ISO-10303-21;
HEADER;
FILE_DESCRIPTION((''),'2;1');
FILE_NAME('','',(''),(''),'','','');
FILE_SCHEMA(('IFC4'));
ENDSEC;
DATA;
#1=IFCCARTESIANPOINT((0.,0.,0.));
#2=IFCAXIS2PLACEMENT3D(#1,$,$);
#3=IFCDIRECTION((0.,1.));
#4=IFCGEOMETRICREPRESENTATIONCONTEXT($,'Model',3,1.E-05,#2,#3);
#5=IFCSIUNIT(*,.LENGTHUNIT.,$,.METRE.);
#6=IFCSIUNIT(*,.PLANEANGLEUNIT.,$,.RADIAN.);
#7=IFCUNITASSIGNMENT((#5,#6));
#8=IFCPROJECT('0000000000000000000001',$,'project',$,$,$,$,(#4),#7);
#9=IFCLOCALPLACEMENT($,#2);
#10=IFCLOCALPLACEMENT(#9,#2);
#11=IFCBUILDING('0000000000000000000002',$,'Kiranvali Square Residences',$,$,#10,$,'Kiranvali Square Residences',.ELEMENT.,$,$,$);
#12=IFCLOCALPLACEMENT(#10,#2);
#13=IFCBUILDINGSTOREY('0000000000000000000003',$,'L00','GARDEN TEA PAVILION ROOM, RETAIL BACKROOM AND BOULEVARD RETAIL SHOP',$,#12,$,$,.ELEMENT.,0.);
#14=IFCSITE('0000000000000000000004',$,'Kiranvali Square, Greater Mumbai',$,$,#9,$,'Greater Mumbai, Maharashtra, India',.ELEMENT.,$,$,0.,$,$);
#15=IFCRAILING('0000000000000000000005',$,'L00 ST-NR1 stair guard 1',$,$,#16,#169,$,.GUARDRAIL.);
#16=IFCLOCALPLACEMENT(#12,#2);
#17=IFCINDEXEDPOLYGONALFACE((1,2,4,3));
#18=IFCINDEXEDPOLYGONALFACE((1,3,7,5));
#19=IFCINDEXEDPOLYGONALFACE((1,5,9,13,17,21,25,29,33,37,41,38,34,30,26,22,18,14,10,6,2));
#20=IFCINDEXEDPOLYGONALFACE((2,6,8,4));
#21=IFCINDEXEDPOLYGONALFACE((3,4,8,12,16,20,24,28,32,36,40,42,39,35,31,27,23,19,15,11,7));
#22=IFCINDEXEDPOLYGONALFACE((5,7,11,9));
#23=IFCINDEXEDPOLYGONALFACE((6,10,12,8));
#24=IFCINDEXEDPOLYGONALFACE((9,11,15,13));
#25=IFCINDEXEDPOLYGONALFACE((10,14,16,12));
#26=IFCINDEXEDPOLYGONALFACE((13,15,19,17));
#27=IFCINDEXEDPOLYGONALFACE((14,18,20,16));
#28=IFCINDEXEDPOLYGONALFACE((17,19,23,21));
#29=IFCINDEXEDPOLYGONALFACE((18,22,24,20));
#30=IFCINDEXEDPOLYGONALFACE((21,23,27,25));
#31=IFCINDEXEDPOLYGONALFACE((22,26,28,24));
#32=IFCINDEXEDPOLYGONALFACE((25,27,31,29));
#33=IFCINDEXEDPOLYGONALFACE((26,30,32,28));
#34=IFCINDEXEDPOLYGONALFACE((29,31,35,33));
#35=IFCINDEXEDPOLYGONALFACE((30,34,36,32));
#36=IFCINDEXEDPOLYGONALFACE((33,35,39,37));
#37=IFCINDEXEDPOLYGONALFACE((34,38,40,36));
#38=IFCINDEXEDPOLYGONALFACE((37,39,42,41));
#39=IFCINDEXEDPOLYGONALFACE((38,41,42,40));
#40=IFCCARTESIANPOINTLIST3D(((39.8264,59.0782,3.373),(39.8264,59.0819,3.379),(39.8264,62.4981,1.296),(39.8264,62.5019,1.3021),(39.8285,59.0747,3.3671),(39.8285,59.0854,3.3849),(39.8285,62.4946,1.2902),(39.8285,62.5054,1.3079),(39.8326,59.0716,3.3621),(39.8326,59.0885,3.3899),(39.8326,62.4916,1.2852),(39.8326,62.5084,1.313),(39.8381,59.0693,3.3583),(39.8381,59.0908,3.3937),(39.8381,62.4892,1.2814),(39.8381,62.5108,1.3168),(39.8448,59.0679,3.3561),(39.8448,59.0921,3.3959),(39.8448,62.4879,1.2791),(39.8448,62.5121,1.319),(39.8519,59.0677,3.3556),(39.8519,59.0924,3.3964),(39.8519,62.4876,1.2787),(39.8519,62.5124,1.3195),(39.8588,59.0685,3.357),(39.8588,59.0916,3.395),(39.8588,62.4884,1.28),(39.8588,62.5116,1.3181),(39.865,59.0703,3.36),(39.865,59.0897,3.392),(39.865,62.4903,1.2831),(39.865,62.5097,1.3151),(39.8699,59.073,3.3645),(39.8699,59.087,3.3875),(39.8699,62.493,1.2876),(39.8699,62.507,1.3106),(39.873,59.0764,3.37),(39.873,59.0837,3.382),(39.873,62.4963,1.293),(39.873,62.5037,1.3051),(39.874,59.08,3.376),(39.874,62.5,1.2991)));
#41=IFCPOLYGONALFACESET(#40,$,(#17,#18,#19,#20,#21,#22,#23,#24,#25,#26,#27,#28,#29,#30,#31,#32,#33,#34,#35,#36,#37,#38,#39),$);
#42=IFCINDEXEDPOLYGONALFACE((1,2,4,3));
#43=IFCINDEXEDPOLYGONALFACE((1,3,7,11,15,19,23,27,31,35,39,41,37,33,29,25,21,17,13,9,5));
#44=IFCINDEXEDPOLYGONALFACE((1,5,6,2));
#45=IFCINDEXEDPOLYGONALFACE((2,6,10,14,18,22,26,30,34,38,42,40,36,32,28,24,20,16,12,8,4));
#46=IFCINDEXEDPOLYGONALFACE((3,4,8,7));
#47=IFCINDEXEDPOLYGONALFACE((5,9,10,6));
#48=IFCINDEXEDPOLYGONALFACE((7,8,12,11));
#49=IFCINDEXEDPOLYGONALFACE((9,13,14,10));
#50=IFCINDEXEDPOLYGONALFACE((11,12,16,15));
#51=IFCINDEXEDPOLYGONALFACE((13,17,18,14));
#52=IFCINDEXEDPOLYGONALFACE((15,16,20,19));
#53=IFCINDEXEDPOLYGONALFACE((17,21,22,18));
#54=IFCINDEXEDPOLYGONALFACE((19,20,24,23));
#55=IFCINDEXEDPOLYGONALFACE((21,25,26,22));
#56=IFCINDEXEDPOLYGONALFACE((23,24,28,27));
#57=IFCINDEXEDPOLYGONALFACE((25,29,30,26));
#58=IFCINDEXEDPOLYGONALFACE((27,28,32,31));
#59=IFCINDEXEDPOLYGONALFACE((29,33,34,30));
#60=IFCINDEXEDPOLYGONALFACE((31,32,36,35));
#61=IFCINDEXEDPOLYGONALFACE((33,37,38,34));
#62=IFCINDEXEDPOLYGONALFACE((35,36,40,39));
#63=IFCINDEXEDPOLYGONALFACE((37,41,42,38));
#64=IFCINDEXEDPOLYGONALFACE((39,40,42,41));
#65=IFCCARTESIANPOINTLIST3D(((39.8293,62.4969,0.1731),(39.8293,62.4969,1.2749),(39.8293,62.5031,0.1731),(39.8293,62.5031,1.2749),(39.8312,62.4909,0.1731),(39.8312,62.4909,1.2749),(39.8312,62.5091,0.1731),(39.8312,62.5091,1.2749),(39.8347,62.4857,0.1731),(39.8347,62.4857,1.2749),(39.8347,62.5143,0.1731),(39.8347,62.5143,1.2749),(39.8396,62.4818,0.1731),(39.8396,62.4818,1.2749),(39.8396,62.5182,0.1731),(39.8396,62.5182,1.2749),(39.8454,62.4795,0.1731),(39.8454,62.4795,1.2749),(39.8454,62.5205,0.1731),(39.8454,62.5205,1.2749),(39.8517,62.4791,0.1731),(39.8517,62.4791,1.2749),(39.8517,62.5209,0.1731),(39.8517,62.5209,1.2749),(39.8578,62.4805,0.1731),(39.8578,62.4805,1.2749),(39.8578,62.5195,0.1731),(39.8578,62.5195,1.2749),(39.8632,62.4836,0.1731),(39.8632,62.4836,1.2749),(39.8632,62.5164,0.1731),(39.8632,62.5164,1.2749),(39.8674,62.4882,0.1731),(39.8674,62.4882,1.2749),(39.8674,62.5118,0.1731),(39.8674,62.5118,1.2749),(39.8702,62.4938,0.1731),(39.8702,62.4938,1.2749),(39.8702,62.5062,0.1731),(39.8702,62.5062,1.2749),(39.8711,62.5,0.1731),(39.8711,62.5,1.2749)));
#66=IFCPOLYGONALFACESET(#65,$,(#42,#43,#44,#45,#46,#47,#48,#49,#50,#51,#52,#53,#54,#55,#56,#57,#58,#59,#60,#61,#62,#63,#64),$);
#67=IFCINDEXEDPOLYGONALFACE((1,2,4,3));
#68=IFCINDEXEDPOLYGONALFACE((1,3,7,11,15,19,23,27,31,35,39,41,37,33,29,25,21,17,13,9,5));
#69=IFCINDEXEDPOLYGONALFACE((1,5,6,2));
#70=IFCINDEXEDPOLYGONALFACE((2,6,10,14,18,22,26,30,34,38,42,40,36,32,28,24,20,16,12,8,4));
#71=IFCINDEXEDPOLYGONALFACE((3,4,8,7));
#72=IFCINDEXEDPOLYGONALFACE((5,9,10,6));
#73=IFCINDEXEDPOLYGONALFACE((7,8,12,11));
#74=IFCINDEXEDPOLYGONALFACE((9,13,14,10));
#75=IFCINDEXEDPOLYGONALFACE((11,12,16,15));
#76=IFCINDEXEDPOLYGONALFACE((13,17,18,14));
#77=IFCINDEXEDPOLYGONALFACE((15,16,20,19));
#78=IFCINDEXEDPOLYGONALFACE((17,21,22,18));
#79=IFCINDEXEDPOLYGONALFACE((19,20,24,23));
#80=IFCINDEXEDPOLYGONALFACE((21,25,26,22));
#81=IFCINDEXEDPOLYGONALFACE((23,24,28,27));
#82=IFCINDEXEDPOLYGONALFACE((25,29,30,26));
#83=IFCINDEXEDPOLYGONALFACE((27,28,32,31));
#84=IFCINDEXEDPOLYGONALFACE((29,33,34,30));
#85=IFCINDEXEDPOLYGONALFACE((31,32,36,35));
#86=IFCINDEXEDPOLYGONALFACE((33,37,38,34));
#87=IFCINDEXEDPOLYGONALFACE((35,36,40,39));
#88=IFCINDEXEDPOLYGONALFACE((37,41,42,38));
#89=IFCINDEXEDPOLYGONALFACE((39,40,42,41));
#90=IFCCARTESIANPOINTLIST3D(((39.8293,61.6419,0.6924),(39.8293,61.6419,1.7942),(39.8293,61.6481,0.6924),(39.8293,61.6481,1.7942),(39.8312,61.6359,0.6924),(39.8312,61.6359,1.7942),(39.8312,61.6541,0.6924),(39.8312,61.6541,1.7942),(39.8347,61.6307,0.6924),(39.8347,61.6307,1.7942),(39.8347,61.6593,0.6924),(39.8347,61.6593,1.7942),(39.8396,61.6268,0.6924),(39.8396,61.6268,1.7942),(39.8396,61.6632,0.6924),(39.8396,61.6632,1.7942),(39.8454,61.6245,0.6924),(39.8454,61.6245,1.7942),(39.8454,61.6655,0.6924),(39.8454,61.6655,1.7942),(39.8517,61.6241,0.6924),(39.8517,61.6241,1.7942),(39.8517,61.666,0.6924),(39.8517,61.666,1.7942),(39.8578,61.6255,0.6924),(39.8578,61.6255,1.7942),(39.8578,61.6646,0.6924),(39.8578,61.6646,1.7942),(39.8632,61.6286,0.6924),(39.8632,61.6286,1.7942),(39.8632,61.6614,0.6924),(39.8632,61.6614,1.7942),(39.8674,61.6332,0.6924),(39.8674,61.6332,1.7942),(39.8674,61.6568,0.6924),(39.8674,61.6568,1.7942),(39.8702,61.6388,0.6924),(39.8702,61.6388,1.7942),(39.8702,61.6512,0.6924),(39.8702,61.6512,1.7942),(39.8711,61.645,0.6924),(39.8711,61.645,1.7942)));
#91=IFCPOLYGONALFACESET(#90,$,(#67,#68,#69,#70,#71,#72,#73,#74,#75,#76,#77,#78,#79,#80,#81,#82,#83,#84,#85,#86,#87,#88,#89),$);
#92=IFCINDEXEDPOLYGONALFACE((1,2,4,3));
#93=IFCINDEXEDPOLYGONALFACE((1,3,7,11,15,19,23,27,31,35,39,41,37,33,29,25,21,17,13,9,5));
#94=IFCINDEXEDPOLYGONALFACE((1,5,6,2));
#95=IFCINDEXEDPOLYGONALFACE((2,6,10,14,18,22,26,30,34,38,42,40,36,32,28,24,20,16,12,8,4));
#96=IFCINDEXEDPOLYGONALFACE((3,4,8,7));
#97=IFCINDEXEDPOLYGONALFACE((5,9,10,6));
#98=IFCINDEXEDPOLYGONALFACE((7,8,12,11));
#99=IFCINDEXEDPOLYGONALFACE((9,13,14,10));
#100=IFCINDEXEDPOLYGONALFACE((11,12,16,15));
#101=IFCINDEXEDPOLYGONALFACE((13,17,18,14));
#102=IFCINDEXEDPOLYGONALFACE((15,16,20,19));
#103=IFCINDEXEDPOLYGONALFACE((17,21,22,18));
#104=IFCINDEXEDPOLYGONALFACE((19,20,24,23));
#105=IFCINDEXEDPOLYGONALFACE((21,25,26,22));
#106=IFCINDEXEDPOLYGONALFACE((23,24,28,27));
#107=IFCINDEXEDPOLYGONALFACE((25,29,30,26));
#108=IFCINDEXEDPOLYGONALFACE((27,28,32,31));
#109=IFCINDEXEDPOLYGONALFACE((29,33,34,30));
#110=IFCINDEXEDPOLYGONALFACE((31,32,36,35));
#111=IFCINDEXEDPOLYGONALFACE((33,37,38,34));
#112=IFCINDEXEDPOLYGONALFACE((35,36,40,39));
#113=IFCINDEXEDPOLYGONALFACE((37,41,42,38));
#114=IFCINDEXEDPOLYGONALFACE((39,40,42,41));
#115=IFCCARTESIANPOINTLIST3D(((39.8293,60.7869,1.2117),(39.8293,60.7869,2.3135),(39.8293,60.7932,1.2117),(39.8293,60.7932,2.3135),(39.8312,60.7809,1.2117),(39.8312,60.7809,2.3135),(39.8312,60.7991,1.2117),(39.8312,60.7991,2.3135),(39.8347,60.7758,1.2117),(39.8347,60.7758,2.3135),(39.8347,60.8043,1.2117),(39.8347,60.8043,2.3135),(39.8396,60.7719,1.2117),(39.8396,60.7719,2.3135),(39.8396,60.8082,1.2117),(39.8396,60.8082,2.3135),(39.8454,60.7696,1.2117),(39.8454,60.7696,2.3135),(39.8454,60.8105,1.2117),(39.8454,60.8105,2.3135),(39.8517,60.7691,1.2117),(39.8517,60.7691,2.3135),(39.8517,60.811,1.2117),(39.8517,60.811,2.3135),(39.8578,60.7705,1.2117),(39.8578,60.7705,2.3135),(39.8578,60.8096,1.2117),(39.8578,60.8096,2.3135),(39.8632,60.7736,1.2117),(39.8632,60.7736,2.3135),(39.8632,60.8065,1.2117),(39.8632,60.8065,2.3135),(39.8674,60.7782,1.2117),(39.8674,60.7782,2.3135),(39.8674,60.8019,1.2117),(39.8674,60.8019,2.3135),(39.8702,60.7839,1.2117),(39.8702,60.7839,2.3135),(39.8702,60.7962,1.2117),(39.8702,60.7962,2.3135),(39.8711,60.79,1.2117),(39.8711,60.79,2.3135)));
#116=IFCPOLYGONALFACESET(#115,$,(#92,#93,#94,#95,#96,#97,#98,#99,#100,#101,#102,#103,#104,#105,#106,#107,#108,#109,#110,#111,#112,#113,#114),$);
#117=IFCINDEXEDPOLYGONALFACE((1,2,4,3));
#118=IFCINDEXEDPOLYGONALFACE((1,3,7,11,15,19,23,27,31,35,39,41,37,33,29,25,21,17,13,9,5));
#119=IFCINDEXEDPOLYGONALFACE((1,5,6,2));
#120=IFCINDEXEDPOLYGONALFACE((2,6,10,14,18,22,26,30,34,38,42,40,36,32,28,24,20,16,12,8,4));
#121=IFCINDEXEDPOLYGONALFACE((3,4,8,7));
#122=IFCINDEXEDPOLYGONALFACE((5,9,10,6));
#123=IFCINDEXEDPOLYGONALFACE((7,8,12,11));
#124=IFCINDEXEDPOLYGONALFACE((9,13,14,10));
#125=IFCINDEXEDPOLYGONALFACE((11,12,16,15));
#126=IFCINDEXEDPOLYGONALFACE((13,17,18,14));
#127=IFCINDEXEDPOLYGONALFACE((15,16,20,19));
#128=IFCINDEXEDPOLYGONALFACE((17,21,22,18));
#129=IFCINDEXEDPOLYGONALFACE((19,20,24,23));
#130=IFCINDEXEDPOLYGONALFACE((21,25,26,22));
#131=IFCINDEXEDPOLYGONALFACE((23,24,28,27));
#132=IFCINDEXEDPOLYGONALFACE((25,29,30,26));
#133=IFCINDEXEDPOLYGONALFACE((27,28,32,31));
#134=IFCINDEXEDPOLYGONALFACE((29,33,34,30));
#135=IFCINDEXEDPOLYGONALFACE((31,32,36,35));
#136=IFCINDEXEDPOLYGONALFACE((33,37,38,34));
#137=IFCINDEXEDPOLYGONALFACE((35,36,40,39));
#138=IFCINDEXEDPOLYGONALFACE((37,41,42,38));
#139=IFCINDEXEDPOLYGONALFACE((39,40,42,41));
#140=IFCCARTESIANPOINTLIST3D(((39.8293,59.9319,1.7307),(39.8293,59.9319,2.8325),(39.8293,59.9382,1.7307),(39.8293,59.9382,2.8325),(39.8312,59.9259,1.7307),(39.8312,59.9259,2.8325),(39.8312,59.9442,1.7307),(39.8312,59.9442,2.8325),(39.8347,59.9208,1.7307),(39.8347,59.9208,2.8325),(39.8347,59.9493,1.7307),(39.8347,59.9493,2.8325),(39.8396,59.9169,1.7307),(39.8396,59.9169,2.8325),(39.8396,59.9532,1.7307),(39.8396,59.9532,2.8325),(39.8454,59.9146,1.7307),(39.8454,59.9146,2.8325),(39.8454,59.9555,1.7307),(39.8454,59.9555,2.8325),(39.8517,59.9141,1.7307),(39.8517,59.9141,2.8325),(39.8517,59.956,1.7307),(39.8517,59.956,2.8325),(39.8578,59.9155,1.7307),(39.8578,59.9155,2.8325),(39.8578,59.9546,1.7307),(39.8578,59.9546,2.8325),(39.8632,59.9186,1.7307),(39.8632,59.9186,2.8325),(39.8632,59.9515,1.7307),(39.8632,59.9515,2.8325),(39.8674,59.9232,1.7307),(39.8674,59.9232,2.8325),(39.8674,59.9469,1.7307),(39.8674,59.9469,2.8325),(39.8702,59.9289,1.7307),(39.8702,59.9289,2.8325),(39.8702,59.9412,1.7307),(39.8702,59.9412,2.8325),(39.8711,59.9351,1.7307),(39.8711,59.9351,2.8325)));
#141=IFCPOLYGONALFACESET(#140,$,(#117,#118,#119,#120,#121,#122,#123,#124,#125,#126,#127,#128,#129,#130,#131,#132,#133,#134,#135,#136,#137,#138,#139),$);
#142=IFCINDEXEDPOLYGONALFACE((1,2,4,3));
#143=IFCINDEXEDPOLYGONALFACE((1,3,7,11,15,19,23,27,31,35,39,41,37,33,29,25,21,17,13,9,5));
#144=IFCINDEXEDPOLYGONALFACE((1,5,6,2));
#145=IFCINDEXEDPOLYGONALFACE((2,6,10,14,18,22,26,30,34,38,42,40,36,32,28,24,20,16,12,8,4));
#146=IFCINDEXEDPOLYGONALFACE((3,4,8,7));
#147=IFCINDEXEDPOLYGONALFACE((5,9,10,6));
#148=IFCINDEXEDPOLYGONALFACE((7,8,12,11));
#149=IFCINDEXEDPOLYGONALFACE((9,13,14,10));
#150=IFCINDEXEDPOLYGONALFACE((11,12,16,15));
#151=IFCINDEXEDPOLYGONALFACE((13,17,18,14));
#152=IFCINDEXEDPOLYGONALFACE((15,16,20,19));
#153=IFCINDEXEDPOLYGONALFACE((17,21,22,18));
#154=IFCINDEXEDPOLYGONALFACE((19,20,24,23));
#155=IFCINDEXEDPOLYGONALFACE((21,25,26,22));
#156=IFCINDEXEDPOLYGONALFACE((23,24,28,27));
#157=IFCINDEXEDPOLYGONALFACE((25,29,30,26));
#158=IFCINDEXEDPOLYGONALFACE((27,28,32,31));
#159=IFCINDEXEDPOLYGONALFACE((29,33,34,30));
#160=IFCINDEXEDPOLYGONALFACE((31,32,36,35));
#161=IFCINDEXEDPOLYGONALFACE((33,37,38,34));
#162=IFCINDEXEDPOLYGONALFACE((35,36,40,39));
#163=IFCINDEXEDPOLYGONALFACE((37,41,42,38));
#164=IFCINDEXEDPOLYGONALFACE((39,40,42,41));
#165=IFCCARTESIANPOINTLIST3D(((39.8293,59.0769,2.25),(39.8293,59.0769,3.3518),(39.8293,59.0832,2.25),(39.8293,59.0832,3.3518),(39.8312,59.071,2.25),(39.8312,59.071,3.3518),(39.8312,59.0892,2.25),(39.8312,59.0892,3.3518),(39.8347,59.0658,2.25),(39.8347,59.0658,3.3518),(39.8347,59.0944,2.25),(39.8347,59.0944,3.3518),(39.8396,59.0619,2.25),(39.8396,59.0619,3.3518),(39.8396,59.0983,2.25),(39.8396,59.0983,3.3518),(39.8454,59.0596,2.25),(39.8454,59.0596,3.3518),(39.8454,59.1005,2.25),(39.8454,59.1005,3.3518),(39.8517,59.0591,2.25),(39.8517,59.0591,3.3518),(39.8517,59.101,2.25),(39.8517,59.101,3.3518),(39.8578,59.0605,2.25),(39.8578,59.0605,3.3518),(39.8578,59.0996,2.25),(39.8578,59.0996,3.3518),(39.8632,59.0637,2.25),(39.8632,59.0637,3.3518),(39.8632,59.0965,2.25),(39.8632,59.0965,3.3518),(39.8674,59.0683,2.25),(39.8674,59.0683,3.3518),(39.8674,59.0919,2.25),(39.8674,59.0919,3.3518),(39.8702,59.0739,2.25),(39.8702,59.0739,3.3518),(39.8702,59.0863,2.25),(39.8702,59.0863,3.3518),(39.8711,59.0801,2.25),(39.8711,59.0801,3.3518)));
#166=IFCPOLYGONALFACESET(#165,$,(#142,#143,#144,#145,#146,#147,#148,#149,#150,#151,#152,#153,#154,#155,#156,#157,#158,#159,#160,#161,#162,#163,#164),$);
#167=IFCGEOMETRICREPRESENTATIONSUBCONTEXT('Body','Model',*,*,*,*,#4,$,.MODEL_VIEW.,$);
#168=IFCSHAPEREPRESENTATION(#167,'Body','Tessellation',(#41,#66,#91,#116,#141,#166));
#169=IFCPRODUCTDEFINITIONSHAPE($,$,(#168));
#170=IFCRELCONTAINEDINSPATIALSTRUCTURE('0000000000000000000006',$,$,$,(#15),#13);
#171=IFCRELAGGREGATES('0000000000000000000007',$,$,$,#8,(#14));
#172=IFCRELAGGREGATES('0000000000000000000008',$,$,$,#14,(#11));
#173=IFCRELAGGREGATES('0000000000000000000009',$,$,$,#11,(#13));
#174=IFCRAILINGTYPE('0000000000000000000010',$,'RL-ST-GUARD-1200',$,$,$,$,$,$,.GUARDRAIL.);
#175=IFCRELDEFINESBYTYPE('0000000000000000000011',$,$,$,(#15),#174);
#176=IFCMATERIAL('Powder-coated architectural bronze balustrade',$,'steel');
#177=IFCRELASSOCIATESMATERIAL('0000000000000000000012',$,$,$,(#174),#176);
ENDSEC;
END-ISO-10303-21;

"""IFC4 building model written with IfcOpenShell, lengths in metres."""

from ifc_helpers import new_model, si_unit, direction, frame, origin, origin_2d, place, context, subcontext, project, spatial, circle, extrude, material, type_object, element, save


model = new_model("IFC4")

# Units and contexts
model_context = context("Model", 3, precision=1e-05, world=origin(), true_north=direction((0.0, 1.0)))
body_context = subcontext(model_context, "Body", "Model", "MODEL_VIEW")
ifc_project = project(units=[si_unit("LENGTHUNIT", "METRE"), si_unit("PLANEANGLEUNIT", "RADIAN")], contexts=[model_context])

# Site, building, storey
site_placement = place(None, origin())
site = spatial("IfcSite", under=ifc_project, at=site_placement, Name="Kiranvali Square, Greater Mumbai", LongName="Greater Mumbai, Maharashtra, India", CompositionType="ELEMENT", RefElevation=0.0)
building_placement = place(site_placement, origin())
building = spatial("IfcBuilding", under=site, at=building_placement, Name="Kiranvali Square Residences", LongName="Kiranvali Square Residences", CompositionType="ELEMENT")
storey_placement = place(building_placement, origin())
storey = spatial("IfcBuildingStorey", under=building, at=storey_placement, Name="L00", Description="GARDEN TEA PAVILION ROOM, RETAIL BACKROOM AND BOULEVARD RETAIL SHOP", CompositionType="ELEMENT", Elevation=0.0)

# Railing
ifc_material_1 = material(Name="Powder-coated architectural bronze balustrade", Category="steel")
railing_type_1 = type_object("IfcRailingType", Name="RL-ST-GUARD-1200", PredefinedType="GUARDRAIL", material=ifc_material_1)
railing_1_placement = place(storey_placement, frame((39.8501, 62.5, 0.1731)))
element("IfcRailing", 1, at=railing_1_placement, inside=storey, type_object=railing_type_1, Name="L00 ST-NR1 stair guard 1", PredefinedType="GUARDRAIL", context=body_context, shape_type="SweptSolid", body=[
    extrude(circle(Radius=0.0239, at=origin_2d()), frame((0.0, 0.0, 1.126), z_axis=(0.0, -0.85473, 0.519074), x_axis=(1.0, 0.0, 0.0)), (0.0, 0.0, 1.0), 4.0012),
    extrude(circle(Radius=0.021, at=origin_2d()), origin(), (0.0, 0.0, 1.0), 1.1018),
    extrude(circle(Radius=0.021, at=origin_2d()), frame((0.0, -0.855, 0.5193)), (0.0, 0.0, 1.0), 1.1018),
    extrude(circle(Radius=0.021, at=origin_2d()), frame((0.0, -1.71, 1.0386)), (0.0, 0.0, 1.0), 1.1018),
    extrude(circle(Radius=0.021, at=origin_2d()), frame((0.0, -2.5649, 1.5576)), (0.0, 0.0, 1.0), 1.1018),
    extrude(circle(Radius=0.021, at=origin_2d()), frame((0.0, -3.4199, 2.0769)), (0.0, 0.0, 1.0), 1.1018),
])

save(model, "model.ifc")
